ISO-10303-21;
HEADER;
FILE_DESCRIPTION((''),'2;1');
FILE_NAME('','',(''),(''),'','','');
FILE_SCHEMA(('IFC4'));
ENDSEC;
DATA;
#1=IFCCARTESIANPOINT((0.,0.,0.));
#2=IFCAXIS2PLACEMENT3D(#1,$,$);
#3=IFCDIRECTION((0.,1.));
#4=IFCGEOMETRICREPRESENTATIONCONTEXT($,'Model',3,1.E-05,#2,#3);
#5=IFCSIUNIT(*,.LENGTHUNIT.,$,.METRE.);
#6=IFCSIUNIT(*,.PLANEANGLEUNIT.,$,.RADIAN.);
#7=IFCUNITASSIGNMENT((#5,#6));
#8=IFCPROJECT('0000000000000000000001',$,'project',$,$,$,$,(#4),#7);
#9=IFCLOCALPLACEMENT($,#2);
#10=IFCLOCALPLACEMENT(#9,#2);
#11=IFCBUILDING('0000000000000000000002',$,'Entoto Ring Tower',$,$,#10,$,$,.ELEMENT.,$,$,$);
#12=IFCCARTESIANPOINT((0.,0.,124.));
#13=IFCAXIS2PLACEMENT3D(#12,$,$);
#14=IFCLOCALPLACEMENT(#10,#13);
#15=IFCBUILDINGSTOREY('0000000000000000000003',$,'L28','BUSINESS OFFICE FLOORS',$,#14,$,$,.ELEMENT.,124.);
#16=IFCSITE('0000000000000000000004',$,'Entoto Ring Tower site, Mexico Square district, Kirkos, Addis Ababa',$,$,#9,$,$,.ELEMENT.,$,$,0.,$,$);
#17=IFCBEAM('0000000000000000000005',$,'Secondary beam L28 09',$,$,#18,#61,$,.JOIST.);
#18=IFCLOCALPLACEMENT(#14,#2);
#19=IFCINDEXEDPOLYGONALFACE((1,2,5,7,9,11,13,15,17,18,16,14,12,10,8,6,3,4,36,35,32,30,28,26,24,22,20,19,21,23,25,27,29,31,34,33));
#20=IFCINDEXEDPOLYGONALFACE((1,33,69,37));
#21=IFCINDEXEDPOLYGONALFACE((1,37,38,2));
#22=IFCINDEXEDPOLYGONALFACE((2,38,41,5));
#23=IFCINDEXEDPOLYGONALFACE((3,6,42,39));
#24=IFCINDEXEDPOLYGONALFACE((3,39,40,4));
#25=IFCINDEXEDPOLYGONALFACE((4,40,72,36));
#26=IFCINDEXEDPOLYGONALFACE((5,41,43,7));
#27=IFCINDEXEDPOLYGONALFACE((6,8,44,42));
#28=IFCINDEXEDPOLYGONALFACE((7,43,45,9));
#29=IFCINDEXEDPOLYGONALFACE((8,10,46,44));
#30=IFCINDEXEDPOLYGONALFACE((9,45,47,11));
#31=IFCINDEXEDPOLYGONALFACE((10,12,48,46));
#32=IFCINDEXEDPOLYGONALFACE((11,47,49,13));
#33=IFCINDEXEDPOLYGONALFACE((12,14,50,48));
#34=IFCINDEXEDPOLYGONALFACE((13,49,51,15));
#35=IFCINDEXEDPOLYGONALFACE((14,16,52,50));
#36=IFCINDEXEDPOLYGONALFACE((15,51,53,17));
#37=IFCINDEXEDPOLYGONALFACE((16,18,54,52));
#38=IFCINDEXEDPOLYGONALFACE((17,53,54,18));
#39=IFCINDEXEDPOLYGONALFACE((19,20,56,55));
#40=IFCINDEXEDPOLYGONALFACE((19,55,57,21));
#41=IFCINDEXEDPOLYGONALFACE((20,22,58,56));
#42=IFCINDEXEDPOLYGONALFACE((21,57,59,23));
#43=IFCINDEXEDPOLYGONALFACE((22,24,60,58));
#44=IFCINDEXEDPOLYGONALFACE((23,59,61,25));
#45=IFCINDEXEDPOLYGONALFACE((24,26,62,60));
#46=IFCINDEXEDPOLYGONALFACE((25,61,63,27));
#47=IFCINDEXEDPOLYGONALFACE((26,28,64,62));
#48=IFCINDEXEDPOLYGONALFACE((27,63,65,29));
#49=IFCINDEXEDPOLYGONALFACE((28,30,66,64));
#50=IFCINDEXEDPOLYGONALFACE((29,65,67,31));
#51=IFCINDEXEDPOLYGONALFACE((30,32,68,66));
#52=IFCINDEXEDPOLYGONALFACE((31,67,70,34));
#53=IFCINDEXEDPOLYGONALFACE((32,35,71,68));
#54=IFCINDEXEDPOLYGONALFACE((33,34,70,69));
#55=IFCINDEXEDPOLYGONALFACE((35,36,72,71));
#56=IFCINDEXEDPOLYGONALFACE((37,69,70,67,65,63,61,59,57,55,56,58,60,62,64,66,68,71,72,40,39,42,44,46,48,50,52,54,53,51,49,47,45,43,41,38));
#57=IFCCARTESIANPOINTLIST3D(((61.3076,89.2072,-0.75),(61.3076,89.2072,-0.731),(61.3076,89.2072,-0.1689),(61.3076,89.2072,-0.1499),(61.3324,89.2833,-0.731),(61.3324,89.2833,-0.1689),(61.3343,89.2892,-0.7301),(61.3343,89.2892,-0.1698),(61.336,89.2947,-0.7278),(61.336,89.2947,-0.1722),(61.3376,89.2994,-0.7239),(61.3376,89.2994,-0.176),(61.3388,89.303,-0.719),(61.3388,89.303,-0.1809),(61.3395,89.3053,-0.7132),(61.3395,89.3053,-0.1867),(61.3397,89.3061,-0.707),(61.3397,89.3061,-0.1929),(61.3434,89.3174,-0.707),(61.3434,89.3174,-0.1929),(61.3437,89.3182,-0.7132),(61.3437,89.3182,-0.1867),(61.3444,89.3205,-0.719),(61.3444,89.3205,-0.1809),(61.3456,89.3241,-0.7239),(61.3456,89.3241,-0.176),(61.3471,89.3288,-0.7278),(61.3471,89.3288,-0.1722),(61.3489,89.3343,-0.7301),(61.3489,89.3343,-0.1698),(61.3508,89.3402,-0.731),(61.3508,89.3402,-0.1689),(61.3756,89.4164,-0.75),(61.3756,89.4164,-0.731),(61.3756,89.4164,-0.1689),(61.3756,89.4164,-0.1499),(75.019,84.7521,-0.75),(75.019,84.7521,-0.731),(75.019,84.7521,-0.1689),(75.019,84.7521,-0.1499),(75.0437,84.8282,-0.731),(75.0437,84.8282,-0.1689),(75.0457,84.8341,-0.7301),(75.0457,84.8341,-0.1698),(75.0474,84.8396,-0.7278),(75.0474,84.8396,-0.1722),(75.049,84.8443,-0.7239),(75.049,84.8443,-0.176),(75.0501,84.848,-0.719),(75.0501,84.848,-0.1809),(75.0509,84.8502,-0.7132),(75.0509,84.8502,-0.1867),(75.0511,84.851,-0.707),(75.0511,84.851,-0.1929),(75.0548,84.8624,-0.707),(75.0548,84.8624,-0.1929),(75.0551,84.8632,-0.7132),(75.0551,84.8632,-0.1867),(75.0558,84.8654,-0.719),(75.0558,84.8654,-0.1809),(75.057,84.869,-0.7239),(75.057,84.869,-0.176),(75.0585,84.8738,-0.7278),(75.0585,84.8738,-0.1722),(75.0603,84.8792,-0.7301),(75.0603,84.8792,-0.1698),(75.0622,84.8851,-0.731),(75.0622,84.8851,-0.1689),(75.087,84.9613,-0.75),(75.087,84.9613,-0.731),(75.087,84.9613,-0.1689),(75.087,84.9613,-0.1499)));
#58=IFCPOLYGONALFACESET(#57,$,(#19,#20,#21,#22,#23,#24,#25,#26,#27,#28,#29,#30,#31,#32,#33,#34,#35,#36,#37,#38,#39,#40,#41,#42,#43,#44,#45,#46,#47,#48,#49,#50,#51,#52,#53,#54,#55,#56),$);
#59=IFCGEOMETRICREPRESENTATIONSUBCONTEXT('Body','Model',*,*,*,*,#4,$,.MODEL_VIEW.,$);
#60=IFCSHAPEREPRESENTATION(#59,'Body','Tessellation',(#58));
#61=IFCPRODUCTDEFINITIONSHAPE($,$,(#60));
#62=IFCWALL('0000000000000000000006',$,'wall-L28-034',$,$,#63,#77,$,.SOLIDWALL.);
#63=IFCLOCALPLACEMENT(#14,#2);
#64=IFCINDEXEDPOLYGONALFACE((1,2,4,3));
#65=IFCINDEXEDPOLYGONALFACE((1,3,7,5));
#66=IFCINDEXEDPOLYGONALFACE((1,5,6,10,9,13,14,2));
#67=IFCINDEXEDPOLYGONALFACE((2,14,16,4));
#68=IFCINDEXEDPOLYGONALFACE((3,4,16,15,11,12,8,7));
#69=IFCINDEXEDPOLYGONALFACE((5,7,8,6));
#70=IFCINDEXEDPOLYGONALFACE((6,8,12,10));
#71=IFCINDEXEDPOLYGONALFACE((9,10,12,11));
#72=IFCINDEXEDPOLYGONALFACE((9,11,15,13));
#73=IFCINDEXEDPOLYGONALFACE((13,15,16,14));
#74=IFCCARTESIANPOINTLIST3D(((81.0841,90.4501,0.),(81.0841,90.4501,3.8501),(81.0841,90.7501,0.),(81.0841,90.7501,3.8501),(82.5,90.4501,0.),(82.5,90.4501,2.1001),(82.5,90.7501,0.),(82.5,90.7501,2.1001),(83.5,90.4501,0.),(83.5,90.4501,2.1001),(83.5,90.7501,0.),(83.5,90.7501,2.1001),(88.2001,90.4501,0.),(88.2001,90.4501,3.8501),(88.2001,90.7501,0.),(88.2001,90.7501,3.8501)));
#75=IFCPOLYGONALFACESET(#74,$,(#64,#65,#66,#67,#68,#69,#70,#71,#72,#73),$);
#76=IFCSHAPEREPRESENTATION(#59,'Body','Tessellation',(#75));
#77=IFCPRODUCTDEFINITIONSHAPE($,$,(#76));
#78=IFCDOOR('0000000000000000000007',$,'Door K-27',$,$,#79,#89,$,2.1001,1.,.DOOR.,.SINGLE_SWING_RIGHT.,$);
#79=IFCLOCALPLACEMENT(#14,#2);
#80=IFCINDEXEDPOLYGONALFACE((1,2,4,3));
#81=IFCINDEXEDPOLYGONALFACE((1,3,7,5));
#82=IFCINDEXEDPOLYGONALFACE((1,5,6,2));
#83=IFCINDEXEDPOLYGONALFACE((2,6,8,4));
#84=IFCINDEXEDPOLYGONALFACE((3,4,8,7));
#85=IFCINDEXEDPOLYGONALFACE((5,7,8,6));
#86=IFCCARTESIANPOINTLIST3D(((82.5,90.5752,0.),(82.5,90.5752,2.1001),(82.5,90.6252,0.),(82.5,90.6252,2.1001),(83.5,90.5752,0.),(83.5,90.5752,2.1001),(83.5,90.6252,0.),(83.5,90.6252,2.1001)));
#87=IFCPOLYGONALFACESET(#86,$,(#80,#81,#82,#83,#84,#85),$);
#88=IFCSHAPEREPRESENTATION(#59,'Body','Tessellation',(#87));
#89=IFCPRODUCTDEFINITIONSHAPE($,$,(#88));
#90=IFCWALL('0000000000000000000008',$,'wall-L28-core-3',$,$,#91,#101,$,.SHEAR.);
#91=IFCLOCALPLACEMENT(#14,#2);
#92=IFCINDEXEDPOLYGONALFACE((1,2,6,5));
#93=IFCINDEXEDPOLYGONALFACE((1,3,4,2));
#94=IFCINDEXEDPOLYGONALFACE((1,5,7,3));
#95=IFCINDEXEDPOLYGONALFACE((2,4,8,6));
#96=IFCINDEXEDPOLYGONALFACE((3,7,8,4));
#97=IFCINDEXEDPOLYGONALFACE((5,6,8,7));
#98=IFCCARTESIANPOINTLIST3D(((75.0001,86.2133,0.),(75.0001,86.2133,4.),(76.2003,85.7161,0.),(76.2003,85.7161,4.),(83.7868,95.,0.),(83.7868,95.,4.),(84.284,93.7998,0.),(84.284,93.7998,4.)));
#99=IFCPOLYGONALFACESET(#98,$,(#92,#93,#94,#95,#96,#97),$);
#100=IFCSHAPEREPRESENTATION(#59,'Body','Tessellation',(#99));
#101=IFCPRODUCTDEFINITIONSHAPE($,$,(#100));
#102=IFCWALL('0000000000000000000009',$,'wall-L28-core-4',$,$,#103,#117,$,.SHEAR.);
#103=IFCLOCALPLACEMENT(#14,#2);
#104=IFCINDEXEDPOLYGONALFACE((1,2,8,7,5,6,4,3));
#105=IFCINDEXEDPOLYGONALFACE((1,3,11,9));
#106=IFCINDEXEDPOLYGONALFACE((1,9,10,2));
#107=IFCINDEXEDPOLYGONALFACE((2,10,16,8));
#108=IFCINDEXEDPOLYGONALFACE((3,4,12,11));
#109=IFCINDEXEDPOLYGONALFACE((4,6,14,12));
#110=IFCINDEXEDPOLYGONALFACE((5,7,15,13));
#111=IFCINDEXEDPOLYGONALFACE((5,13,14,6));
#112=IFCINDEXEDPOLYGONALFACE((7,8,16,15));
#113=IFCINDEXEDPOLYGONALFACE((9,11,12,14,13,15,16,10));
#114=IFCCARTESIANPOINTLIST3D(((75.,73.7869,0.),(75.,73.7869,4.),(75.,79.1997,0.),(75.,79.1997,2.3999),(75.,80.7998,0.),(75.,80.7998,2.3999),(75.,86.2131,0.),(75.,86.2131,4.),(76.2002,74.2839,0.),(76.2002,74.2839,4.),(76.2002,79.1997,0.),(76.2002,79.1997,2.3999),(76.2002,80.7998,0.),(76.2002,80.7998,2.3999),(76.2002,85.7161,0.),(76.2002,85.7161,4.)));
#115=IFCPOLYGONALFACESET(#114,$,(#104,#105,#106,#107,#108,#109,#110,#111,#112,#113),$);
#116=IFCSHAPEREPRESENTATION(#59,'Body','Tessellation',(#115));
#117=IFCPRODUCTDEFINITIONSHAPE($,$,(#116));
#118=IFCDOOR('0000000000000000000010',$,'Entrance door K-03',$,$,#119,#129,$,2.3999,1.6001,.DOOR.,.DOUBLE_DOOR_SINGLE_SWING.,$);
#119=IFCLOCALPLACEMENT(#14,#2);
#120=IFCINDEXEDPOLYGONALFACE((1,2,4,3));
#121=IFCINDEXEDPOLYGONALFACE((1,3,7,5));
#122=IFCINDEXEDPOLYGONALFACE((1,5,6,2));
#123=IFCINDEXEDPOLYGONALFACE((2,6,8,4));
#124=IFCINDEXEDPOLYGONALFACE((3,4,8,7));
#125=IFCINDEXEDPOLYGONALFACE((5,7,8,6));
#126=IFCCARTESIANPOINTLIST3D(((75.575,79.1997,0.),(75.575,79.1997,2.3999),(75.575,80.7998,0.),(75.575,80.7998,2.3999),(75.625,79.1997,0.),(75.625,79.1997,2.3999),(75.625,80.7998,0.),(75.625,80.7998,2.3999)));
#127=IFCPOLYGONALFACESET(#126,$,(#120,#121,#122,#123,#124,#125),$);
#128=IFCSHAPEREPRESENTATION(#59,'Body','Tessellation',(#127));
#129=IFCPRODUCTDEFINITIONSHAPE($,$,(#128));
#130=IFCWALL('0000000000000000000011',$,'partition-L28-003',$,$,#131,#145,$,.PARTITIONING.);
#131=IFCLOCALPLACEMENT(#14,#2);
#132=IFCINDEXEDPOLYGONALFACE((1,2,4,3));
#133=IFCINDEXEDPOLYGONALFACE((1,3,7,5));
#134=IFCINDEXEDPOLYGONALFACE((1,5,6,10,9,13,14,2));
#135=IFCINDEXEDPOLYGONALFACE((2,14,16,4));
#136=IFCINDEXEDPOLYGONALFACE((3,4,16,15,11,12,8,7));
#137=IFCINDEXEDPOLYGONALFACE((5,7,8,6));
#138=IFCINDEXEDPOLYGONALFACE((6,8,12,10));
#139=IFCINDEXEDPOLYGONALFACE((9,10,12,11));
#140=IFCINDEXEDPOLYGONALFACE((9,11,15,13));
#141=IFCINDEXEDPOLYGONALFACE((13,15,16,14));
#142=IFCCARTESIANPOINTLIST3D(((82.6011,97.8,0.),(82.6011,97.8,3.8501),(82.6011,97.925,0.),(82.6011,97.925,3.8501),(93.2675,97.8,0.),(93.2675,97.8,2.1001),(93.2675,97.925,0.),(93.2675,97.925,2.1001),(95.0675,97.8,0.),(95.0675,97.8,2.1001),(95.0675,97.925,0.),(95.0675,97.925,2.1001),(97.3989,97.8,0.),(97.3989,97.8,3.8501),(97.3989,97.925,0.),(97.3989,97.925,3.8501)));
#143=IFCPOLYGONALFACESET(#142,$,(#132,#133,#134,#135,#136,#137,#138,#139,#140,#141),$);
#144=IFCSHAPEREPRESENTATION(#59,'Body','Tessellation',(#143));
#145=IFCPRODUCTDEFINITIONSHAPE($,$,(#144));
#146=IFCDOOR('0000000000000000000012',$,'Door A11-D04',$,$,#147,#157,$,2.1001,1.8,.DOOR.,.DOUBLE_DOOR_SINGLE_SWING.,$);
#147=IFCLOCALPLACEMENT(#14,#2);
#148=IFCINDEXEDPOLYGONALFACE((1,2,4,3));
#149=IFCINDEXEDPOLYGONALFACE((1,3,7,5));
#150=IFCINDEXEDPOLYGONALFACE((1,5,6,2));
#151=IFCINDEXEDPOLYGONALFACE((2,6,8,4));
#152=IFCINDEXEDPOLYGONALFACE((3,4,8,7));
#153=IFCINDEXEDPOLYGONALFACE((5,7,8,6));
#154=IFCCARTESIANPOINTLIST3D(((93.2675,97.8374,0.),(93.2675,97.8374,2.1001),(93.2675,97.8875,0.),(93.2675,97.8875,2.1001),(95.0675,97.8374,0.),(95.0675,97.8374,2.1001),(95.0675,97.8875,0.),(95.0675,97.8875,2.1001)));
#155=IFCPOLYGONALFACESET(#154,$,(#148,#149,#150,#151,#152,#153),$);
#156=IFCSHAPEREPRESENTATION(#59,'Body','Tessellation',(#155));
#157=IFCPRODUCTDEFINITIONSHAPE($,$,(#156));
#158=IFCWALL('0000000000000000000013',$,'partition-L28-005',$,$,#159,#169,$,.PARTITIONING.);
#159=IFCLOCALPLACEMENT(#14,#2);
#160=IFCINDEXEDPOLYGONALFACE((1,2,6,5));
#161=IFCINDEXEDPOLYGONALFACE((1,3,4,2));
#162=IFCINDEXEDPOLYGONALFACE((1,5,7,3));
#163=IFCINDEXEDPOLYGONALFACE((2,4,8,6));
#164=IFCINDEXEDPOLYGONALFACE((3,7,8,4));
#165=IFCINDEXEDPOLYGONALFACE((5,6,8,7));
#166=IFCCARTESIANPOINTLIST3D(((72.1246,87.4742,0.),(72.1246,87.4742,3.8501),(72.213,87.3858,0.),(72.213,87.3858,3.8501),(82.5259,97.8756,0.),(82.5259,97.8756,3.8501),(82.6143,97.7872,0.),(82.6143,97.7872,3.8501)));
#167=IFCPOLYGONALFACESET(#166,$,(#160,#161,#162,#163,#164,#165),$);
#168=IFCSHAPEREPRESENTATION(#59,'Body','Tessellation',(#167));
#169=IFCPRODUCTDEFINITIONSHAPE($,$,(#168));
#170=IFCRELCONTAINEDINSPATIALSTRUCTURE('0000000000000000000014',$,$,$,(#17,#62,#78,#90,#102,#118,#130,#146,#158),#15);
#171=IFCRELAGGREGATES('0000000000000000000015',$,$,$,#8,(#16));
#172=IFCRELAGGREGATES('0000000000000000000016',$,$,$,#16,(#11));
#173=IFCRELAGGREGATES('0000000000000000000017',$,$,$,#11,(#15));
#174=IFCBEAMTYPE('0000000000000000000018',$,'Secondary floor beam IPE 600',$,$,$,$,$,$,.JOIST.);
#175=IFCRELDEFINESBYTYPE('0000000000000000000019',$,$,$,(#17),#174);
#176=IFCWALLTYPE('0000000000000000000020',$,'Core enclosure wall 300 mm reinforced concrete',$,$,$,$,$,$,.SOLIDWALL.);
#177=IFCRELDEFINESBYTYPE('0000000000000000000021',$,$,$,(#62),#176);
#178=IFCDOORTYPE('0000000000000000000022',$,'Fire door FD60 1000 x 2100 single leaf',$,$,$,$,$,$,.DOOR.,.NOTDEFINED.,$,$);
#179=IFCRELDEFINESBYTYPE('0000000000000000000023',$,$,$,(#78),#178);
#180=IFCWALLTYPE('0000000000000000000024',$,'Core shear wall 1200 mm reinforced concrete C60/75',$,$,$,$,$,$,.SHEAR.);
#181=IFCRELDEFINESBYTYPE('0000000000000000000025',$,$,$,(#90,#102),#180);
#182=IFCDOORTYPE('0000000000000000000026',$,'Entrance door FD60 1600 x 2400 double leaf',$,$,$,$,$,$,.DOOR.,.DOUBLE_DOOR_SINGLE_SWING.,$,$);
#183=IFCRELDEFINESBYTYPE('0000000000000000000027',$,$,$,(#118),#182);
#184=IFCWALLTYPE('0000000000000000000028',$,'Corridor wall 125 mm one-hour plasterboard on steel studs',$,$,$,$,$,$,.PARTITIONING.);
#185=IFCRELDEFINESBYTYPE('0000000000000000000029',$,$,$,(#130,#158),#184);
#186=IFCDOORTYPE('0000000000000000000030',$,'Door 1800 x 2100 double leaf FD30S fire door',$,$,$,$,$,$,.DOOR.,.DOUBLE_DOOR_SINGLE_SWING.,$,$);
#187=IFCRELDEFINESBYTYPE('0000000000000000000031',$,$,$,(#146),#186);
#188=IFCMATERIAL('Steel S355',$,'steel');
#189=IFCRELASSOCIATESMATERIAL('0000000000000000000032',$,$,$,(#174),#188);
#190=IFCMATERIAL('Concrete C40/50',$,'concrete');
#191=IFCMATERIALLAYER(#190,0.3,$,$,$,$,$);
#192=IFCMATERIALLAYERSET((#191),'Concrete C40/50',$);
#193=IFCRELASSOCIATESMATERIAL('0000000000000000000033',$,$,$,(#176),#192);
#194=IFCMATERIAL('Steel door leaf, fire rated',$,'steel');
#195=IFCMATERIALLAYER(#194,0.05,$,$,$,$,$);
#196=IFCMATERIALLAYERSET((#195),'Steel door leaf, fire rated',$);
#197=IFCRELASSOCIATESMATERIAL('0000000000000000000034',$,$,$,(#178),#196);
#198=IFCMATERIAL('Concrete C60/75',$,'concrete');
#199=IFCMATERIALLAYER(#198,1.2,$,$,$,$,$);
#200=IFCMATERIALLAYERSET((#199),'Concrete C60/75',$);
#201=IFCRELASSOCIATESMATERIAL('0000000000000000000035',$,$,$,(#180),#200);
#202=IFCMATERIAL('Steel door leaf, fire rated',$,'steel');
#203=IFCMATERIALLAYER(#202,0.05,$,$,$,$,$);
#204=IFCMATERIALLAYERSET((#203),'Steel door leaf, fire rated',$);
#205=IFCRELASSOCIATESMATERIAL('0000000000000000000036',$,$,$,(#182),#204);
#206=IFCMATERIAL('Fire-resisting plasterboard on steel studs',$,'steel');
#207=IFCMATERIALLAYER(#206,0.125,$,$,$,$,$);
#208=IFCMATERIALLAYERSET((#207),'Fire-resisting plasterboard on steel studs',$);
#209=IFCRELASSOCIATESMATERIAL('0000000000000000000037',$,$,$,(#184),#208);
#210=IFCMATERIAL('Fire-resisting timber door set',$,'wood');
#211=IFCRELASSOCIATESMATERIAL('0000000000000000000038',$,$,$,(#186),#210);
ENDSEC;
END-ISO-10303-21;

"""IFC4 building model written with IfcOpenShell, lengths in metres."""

from ifc_helpers import new_model, si_unit, direction, frame, frame_2d, origin, origin_2d, place, context, subcontext, project, spatial, polyline, rectangle, i_section, outline, extrude, material, layer, layer_set, material_profile, profile_set, type_object, element, fill, save


model = new_model("IFC4")

# Units and contexts
model_context = context("Model", 3, precision=1e-05, world=origin(), true_north=direction((0.0, 1.0)))
body_context = subcontext(model_context, "Body", "Model", "MODEL_VIEW")
ifc_project = project(units=[si_unit("LENGTHUNIT", "METRE"), si_unit("PLANEANGLEUNIT", "RADIAN")], contexts=[model_context])

# Site, building, storey
site_placement = place(None, origin())
site = spatial("IfcSite", under=ifc_project, at=site_placement, Name="Entoto Ring Tower site, Mexico Square district, Kirkos, Addis Ababa", CompositionType="ELEMENT", RefElevation=0.0)
building_placement = place(site_placement, origin())
building = spatial("IfcBuilding", under=site, at=building_placement, Name="Entoto Ring Tower", CompositionType="ELEMENT")
storey_placement = place(building_placement, frame((0.0, 0.0, 124.0)))
storey = spatial("IfcBuildingStorey", under=building, at=storey_placement, Name="L28", Description="BUSINESS OFFICE FLOORS", CompositionType="ELEMENT", Elevation=124.0)

# Beam
ifc_material_1 = material(Name="Steel S355", Category="steel")
ifc_material_profile_1 = material_profile(ifc_material_1, i_section(OverallWidth=0.22, OverallDepth=0.6001, WebThickness=0.012, FlangeThickness=0.019, FilletRadius=0.0239, at=origin_2d()), Name="IPE 600")
ifc_profile_set_1 = profile_set([ifc_material_profile_1], Name="Steel S355")
beam_type_1 = type_object("IfcBeamType", Name="Secondary floor beam IPE 600", PredefinedType="JOIST", material=ifc_profile_set_1)
beam_1_placement = place(storey_placement, frame((75.053, 84.8567, -0.45), z_axis=(-0.951057, 0.309015, 0.0), x_axis=(-0.309015, -0.951057, 0.0)))
element("IfcBeam", 1, at=beam_1_placement, inside=storey, type_object=beam_type_1, Name="Secondary beam L28 09", PredefinedType="JOIST", context=body_context, shape_type="SweptSolid", body=[
    extrude(i_section(OverallWidth=0.22, OverallDepth=0.6001, WebThickness=0.012, FlangeThickness=0.019, FilletRadius=0.0239, at=origin_2d()), origin(), (0.0, 0.0, 1.0), 14.417),
])

# Wall, opening, door
ifc_material_2 = material(Name="Concrete C40/50", Category="concrete")
ifc_layer_1 = layer(ifc_material_2, 0.3)
ifc_layer_set_1 = layer_set([ifc_layer_1], Name="Concrete C40/50")
wall_type_1 = type_object("IfcWallType", Name="Core enclosure wall 300 mm reinforced concrete", PredefinedType="SOLIDWALL", material=ifc_layer_set_1)
wall_1_placement = place(storey_placement, frame((81.084, 90.6001, 0.0), z_axis=(0.0, 0.0, 1.0), x_axis=(1.0, 0.0, 0.0)))
wall_1 = element("IfcWall", 2, at=wall_1_placement, inside=storey, type_object=wall_type_1, Name="wall-L28-034", PredefinedType="SOLIDWALL", context=body_context, shape_type="SweptSolid", body=[
    extrude(rectangle(XDim=7.116, YDim=0.3, at=frame_2d((3.5581, 0.0))), origin(), (0.0, 0.0, 1.0), 3.8501),
])
opening_1_placement = place(wall_1_placement, frame((1.416, 0.0, 0.0)))
opening_1 = element("IfcOpeningElement", 3, at=opening_1_placement, cuts=wall_1, PredefinedType="OPENING", context=body_context, shape_type="SweptSolid", body=[
    extrude(rectangle(XDim=1.0, YDim=2.1001, at=frame_2d((0.5, 1.05))), frame((0.0, 0.1602, 0.0), z_axis=(0.0, -1.0, 0.0), x_axis=(1.0, 0.0, 0.0)), (0.0, 0.0, 1.0), 0.3201),
])
ifc_material_3 = material(Name="Steel door leaf, fire rated", Category="steel")
ifc_layer_2 = layer(ifc_material_3, 0.05)
ifc_layer_set_2 = layer_set([ifc_layer_2], Name="Steel door leaf, fire rated")
door_type_1 = type_object("IfcDoorType", Name="Fire door FD60 1000 x 2100 single leaf", OperationType="NOTDEFINED", PredefinedType="DOOR", material=ifc_layer_set_2)
door_1_placement = place(opening_1_placement, frame((1.0, 0.0, 0.0), z_axis=(0.0, 0.0, 1.0), x_axis=(-1.0, 0.0, 0.0)))
door_1 = element("IfcDoor", 4, at=door_1_placement, inside=storey, type_object=door_type_1, Name="Door K-27", OperationType="SINGLE_SWING_RIGHT", OverallHeight=2.1001, OverallWidth=1.0, PredefinedType="DOOR", context=body_context, shape_type="SweptSolid", body=[
    extrude(rectangle(XDim=1.0, YDim=2.1001, at=frame_2d((0.5, 1.05))), frame((0.0, 0.0249, 0.0), z_axis=(0.0, -1.0, 0.0), x_axis=(1.0, 0.0, 0.0)), (0.0, 0.0, 1.0), 0.05),
])
fill(opening_1, door_1)

# Wall
ifc_material_4 = material(Name="Concrete C60/75", Category="concrete")
ifc_layer_3 = layer(ifc_material_4, 1.2)
ifc_layer_set_3 = layer_set([ifc_layer_3], Name="Concrete C60/75")
wall_type_2 = type_object("IfcWallType", Name="Core shear wall 1200 mm reinforced concrete C60/75", PredefinedType="SHEAR", material=ifc_layer_set_3)
wall_2_placement = place(storey_placement, frame((84.0354, 94.3999, 0.0), z_axis=(0.0, 0.0, 1.0), x_axis=(-0.707107, -0.707107, 0.0)))
element("IfcWall", 5, at=wall_2_placement, inside=storey, type_object=wall_type_2, Name="wall-L28-core-3", PredefinedType="SHEAR", context=body_context, shape_type="SweptSolid", body=[
    extrude(outline(polyline([(-0.2485, -0.6001), (12.1777, -0.6001), (11.6807, 0.6001), (0.2485, 0.6001), (-0.2485, -0.6001)])), origin(), (0.0, 0.0, 1.0), 4.0),
])

# Walls, openings, doors
wall_3_placement = place(storey_placement, frame((75.6001, 85.9646, 0.0), z_axis=(0.0, 0.0, 1.0), x_axis=(0.0, -1.0, 0.0)))
wall_3 = element("IfcWall", 6, at=wall_3_placement, inside=storey, type_object=wall_type_2, Name="wall-L28-core-4", PredefinedType="SHEAR", context=body_context, shape_type="SweptSolid", body=[
    extrude(outline(polyline([(-0.2485, -0.6001), (12.1777, -0.6001), (11.6807, 0.6001), (0.2485, 0.6001), (-0.2485, -0.6001)])), origin(), (0.0, 0.0, 1.0), 4.0),
])
opening_2_placement = place(wall_3_placement, frame((5.1648, 0.0, 0.0)))
opening_2 = element("IfcOpeningElement", 7, at=opening_2_placement, cuts=wall_3, PredefinedType="OPENING", context=body_context, shape_type="SweptSolid", body=[
    extrude(rectangle(XDim=1.6001, YDim=2.3999, at=frame_2d((0.8, 1.2))), frame((0.0, 0.6099, 0.0), z_axis=(0.0, -1.0, 0.0), x_axis=(1.0, 0.0, 0.0)), (0.0, 0.0, 1.0), 1.22),
])
ifc_material_5 = material(Name="Steel door leaf, fire rated", Category="steel")
ifc_layer_4 = layer(ifc_material_5, 0.05)
ifc_layer_set_4 = layer_set([ifc_layer_4], Name="Steel door leaf, fire rated")
door_type_2 = type_object("IfcDoorType", Name="Entrance door FD60 1600 x 2400 double leaf", OperationType="DOUBLE_DOOR_SINGLE_SWING", PredefinedType="DOOR", material=ifc_layer_set_4)
door_2_placement = place(opening_2_placement, origin())
door_2 = element("IfcDoor", 8, at=door_2_placement, inside=storey, type_object=door_type_2, Name="Entrance door K-03", OperationType="DOUBLE_DOOR_SINGLE_SWING", OverallHeight=2.3999, OverallWidth=1.6001, PredefinedType="DOOR", context=body_context, shape_type="SweptSolid", body=[
    extrude(rectangle(XDim=1.6001, YDim=2.3999, at=frame_2d((0.8, 1.2))), frame((0.0, 0.0249, 0.0), z_axis=(0.0, -1.0, 0.0), x_axis=(1.0, 0.0, 0.0)), (0.0, 0.0, 1.0), 0.05),
])
fill(opening_2, door_2)
ifc_material_6 = material(Name="Fire-resisting plasterboard on steel studs", Category="steel")
ifc_layer_5 = layer(ifc_material_6, 0.125)
ifc_layer_set_5 = layer_set([ifc_layer_5], Name="Fire-resisting plasterboard on steel studs")
wall_type_3 = type_object("IfcWallType", Name="Corridor wall 125 mm one-hour plasterboard on steel studs", PredefinedType="PARTITIONING", material=ifc_layer_set_5)
wall_4_placement = place(storey_placement, frame((82.6011, 97.8625, 0.0), z_axis=(0.0, 0.0, 1.0), x_axis=(1.0, 0.0, 0.0)))
wall_4 = element("IfcWall", 9, at=wall_4_placement, inside=storey, type_object=wall_type_3, Name="partition-L28-003", PredefinedType="PARTITIONING", context=body_context, shape_type="SweptSolid", body=[
    extrude(rectangle(XDim=14.7979, YDim=0.125, at=frame_2d((7.3989, 0.0))), origin(), (0.0, 0.0, 1.0), 3.8501),
])
opening_3_placement = place(wall_4_placement, frame((10.6665, 0.0, 0.0)))
opening_3 = element("IfcOpeningElement", 10, at=opening_3_placement, cuts=wall_4, PredefinedType="OPENING", context=body_context, shape_type="SweptSolid", body=[
    extrude(rectangle(XDim=1.8, YDim=2.1001, at=frame_2d((0.8999, 1.05))), frame((0.0, 0.0725, 0.0), z_axis=(0.0, -1.0, 0.0), x_axis=(1.0, 0.0, 0.0)), (0.0, 0.0, 1.0), 0.145),
])
ifc_material_7 = material(Name="Fire-resisting timber door set", Category="wood")
door_type_3 = type_object("IfcDoorType", Name="Door 1800 x 2100 double leaf FD30S fire door", OperationType="DOUBLE_DOOR_SINGLE_SWING", PredefinedType="DOOR", material=ifc_material_7)
door_3_placement = place(opening_3_placement, origin())
door_3 = element("IfcDoor", 11, at=door_3_placement, inside=storey, type_object=door_type_3, Name="Door A11-D04", OperationType="DOUBLE_DOOR_SINGLE_SWING", OverallHeight=2.1001, OverallWidth=1.8, PredefinedType="DOOR", context=body_context, shape_type="SweptSolid", body=[
    extrude(rectangle(XDim=1.8, YDim=2.1001, at=frame_2d((0.8999, 1.05))), frame((0.0, 0.0249, 0.0), z_axis=(0.0, -1.0, 0.0), x_axis=(1.0, 0.0, 0.0)), (0.0, 0.0, 1.0), 0.05),
])
fill(opening_3, door_3)

# Wall
wall_5_placement = place(storey_placement, frame((72.1687, 87.4299, 0.0), z_axis=(0.0, 0.0, 1.0), x_axis=(0.707107, 0.707107, 0.0)))
element("IfcWall", 12, at=wall_5_placement, inside=storey, type_object=wall_type_3, Name="partition-L28-005", PredefinedType="PARTITIONING", context=body_context, shape_type="SweptSolid", body=[
    extrude(rectangle(XDim=14.7097, YDim=0.125, at=frame_2d((7.355, 0.0))), origin(), (0.0, 0.0, 1.0), 3.8501),
])

save(model, "model.ifc")
